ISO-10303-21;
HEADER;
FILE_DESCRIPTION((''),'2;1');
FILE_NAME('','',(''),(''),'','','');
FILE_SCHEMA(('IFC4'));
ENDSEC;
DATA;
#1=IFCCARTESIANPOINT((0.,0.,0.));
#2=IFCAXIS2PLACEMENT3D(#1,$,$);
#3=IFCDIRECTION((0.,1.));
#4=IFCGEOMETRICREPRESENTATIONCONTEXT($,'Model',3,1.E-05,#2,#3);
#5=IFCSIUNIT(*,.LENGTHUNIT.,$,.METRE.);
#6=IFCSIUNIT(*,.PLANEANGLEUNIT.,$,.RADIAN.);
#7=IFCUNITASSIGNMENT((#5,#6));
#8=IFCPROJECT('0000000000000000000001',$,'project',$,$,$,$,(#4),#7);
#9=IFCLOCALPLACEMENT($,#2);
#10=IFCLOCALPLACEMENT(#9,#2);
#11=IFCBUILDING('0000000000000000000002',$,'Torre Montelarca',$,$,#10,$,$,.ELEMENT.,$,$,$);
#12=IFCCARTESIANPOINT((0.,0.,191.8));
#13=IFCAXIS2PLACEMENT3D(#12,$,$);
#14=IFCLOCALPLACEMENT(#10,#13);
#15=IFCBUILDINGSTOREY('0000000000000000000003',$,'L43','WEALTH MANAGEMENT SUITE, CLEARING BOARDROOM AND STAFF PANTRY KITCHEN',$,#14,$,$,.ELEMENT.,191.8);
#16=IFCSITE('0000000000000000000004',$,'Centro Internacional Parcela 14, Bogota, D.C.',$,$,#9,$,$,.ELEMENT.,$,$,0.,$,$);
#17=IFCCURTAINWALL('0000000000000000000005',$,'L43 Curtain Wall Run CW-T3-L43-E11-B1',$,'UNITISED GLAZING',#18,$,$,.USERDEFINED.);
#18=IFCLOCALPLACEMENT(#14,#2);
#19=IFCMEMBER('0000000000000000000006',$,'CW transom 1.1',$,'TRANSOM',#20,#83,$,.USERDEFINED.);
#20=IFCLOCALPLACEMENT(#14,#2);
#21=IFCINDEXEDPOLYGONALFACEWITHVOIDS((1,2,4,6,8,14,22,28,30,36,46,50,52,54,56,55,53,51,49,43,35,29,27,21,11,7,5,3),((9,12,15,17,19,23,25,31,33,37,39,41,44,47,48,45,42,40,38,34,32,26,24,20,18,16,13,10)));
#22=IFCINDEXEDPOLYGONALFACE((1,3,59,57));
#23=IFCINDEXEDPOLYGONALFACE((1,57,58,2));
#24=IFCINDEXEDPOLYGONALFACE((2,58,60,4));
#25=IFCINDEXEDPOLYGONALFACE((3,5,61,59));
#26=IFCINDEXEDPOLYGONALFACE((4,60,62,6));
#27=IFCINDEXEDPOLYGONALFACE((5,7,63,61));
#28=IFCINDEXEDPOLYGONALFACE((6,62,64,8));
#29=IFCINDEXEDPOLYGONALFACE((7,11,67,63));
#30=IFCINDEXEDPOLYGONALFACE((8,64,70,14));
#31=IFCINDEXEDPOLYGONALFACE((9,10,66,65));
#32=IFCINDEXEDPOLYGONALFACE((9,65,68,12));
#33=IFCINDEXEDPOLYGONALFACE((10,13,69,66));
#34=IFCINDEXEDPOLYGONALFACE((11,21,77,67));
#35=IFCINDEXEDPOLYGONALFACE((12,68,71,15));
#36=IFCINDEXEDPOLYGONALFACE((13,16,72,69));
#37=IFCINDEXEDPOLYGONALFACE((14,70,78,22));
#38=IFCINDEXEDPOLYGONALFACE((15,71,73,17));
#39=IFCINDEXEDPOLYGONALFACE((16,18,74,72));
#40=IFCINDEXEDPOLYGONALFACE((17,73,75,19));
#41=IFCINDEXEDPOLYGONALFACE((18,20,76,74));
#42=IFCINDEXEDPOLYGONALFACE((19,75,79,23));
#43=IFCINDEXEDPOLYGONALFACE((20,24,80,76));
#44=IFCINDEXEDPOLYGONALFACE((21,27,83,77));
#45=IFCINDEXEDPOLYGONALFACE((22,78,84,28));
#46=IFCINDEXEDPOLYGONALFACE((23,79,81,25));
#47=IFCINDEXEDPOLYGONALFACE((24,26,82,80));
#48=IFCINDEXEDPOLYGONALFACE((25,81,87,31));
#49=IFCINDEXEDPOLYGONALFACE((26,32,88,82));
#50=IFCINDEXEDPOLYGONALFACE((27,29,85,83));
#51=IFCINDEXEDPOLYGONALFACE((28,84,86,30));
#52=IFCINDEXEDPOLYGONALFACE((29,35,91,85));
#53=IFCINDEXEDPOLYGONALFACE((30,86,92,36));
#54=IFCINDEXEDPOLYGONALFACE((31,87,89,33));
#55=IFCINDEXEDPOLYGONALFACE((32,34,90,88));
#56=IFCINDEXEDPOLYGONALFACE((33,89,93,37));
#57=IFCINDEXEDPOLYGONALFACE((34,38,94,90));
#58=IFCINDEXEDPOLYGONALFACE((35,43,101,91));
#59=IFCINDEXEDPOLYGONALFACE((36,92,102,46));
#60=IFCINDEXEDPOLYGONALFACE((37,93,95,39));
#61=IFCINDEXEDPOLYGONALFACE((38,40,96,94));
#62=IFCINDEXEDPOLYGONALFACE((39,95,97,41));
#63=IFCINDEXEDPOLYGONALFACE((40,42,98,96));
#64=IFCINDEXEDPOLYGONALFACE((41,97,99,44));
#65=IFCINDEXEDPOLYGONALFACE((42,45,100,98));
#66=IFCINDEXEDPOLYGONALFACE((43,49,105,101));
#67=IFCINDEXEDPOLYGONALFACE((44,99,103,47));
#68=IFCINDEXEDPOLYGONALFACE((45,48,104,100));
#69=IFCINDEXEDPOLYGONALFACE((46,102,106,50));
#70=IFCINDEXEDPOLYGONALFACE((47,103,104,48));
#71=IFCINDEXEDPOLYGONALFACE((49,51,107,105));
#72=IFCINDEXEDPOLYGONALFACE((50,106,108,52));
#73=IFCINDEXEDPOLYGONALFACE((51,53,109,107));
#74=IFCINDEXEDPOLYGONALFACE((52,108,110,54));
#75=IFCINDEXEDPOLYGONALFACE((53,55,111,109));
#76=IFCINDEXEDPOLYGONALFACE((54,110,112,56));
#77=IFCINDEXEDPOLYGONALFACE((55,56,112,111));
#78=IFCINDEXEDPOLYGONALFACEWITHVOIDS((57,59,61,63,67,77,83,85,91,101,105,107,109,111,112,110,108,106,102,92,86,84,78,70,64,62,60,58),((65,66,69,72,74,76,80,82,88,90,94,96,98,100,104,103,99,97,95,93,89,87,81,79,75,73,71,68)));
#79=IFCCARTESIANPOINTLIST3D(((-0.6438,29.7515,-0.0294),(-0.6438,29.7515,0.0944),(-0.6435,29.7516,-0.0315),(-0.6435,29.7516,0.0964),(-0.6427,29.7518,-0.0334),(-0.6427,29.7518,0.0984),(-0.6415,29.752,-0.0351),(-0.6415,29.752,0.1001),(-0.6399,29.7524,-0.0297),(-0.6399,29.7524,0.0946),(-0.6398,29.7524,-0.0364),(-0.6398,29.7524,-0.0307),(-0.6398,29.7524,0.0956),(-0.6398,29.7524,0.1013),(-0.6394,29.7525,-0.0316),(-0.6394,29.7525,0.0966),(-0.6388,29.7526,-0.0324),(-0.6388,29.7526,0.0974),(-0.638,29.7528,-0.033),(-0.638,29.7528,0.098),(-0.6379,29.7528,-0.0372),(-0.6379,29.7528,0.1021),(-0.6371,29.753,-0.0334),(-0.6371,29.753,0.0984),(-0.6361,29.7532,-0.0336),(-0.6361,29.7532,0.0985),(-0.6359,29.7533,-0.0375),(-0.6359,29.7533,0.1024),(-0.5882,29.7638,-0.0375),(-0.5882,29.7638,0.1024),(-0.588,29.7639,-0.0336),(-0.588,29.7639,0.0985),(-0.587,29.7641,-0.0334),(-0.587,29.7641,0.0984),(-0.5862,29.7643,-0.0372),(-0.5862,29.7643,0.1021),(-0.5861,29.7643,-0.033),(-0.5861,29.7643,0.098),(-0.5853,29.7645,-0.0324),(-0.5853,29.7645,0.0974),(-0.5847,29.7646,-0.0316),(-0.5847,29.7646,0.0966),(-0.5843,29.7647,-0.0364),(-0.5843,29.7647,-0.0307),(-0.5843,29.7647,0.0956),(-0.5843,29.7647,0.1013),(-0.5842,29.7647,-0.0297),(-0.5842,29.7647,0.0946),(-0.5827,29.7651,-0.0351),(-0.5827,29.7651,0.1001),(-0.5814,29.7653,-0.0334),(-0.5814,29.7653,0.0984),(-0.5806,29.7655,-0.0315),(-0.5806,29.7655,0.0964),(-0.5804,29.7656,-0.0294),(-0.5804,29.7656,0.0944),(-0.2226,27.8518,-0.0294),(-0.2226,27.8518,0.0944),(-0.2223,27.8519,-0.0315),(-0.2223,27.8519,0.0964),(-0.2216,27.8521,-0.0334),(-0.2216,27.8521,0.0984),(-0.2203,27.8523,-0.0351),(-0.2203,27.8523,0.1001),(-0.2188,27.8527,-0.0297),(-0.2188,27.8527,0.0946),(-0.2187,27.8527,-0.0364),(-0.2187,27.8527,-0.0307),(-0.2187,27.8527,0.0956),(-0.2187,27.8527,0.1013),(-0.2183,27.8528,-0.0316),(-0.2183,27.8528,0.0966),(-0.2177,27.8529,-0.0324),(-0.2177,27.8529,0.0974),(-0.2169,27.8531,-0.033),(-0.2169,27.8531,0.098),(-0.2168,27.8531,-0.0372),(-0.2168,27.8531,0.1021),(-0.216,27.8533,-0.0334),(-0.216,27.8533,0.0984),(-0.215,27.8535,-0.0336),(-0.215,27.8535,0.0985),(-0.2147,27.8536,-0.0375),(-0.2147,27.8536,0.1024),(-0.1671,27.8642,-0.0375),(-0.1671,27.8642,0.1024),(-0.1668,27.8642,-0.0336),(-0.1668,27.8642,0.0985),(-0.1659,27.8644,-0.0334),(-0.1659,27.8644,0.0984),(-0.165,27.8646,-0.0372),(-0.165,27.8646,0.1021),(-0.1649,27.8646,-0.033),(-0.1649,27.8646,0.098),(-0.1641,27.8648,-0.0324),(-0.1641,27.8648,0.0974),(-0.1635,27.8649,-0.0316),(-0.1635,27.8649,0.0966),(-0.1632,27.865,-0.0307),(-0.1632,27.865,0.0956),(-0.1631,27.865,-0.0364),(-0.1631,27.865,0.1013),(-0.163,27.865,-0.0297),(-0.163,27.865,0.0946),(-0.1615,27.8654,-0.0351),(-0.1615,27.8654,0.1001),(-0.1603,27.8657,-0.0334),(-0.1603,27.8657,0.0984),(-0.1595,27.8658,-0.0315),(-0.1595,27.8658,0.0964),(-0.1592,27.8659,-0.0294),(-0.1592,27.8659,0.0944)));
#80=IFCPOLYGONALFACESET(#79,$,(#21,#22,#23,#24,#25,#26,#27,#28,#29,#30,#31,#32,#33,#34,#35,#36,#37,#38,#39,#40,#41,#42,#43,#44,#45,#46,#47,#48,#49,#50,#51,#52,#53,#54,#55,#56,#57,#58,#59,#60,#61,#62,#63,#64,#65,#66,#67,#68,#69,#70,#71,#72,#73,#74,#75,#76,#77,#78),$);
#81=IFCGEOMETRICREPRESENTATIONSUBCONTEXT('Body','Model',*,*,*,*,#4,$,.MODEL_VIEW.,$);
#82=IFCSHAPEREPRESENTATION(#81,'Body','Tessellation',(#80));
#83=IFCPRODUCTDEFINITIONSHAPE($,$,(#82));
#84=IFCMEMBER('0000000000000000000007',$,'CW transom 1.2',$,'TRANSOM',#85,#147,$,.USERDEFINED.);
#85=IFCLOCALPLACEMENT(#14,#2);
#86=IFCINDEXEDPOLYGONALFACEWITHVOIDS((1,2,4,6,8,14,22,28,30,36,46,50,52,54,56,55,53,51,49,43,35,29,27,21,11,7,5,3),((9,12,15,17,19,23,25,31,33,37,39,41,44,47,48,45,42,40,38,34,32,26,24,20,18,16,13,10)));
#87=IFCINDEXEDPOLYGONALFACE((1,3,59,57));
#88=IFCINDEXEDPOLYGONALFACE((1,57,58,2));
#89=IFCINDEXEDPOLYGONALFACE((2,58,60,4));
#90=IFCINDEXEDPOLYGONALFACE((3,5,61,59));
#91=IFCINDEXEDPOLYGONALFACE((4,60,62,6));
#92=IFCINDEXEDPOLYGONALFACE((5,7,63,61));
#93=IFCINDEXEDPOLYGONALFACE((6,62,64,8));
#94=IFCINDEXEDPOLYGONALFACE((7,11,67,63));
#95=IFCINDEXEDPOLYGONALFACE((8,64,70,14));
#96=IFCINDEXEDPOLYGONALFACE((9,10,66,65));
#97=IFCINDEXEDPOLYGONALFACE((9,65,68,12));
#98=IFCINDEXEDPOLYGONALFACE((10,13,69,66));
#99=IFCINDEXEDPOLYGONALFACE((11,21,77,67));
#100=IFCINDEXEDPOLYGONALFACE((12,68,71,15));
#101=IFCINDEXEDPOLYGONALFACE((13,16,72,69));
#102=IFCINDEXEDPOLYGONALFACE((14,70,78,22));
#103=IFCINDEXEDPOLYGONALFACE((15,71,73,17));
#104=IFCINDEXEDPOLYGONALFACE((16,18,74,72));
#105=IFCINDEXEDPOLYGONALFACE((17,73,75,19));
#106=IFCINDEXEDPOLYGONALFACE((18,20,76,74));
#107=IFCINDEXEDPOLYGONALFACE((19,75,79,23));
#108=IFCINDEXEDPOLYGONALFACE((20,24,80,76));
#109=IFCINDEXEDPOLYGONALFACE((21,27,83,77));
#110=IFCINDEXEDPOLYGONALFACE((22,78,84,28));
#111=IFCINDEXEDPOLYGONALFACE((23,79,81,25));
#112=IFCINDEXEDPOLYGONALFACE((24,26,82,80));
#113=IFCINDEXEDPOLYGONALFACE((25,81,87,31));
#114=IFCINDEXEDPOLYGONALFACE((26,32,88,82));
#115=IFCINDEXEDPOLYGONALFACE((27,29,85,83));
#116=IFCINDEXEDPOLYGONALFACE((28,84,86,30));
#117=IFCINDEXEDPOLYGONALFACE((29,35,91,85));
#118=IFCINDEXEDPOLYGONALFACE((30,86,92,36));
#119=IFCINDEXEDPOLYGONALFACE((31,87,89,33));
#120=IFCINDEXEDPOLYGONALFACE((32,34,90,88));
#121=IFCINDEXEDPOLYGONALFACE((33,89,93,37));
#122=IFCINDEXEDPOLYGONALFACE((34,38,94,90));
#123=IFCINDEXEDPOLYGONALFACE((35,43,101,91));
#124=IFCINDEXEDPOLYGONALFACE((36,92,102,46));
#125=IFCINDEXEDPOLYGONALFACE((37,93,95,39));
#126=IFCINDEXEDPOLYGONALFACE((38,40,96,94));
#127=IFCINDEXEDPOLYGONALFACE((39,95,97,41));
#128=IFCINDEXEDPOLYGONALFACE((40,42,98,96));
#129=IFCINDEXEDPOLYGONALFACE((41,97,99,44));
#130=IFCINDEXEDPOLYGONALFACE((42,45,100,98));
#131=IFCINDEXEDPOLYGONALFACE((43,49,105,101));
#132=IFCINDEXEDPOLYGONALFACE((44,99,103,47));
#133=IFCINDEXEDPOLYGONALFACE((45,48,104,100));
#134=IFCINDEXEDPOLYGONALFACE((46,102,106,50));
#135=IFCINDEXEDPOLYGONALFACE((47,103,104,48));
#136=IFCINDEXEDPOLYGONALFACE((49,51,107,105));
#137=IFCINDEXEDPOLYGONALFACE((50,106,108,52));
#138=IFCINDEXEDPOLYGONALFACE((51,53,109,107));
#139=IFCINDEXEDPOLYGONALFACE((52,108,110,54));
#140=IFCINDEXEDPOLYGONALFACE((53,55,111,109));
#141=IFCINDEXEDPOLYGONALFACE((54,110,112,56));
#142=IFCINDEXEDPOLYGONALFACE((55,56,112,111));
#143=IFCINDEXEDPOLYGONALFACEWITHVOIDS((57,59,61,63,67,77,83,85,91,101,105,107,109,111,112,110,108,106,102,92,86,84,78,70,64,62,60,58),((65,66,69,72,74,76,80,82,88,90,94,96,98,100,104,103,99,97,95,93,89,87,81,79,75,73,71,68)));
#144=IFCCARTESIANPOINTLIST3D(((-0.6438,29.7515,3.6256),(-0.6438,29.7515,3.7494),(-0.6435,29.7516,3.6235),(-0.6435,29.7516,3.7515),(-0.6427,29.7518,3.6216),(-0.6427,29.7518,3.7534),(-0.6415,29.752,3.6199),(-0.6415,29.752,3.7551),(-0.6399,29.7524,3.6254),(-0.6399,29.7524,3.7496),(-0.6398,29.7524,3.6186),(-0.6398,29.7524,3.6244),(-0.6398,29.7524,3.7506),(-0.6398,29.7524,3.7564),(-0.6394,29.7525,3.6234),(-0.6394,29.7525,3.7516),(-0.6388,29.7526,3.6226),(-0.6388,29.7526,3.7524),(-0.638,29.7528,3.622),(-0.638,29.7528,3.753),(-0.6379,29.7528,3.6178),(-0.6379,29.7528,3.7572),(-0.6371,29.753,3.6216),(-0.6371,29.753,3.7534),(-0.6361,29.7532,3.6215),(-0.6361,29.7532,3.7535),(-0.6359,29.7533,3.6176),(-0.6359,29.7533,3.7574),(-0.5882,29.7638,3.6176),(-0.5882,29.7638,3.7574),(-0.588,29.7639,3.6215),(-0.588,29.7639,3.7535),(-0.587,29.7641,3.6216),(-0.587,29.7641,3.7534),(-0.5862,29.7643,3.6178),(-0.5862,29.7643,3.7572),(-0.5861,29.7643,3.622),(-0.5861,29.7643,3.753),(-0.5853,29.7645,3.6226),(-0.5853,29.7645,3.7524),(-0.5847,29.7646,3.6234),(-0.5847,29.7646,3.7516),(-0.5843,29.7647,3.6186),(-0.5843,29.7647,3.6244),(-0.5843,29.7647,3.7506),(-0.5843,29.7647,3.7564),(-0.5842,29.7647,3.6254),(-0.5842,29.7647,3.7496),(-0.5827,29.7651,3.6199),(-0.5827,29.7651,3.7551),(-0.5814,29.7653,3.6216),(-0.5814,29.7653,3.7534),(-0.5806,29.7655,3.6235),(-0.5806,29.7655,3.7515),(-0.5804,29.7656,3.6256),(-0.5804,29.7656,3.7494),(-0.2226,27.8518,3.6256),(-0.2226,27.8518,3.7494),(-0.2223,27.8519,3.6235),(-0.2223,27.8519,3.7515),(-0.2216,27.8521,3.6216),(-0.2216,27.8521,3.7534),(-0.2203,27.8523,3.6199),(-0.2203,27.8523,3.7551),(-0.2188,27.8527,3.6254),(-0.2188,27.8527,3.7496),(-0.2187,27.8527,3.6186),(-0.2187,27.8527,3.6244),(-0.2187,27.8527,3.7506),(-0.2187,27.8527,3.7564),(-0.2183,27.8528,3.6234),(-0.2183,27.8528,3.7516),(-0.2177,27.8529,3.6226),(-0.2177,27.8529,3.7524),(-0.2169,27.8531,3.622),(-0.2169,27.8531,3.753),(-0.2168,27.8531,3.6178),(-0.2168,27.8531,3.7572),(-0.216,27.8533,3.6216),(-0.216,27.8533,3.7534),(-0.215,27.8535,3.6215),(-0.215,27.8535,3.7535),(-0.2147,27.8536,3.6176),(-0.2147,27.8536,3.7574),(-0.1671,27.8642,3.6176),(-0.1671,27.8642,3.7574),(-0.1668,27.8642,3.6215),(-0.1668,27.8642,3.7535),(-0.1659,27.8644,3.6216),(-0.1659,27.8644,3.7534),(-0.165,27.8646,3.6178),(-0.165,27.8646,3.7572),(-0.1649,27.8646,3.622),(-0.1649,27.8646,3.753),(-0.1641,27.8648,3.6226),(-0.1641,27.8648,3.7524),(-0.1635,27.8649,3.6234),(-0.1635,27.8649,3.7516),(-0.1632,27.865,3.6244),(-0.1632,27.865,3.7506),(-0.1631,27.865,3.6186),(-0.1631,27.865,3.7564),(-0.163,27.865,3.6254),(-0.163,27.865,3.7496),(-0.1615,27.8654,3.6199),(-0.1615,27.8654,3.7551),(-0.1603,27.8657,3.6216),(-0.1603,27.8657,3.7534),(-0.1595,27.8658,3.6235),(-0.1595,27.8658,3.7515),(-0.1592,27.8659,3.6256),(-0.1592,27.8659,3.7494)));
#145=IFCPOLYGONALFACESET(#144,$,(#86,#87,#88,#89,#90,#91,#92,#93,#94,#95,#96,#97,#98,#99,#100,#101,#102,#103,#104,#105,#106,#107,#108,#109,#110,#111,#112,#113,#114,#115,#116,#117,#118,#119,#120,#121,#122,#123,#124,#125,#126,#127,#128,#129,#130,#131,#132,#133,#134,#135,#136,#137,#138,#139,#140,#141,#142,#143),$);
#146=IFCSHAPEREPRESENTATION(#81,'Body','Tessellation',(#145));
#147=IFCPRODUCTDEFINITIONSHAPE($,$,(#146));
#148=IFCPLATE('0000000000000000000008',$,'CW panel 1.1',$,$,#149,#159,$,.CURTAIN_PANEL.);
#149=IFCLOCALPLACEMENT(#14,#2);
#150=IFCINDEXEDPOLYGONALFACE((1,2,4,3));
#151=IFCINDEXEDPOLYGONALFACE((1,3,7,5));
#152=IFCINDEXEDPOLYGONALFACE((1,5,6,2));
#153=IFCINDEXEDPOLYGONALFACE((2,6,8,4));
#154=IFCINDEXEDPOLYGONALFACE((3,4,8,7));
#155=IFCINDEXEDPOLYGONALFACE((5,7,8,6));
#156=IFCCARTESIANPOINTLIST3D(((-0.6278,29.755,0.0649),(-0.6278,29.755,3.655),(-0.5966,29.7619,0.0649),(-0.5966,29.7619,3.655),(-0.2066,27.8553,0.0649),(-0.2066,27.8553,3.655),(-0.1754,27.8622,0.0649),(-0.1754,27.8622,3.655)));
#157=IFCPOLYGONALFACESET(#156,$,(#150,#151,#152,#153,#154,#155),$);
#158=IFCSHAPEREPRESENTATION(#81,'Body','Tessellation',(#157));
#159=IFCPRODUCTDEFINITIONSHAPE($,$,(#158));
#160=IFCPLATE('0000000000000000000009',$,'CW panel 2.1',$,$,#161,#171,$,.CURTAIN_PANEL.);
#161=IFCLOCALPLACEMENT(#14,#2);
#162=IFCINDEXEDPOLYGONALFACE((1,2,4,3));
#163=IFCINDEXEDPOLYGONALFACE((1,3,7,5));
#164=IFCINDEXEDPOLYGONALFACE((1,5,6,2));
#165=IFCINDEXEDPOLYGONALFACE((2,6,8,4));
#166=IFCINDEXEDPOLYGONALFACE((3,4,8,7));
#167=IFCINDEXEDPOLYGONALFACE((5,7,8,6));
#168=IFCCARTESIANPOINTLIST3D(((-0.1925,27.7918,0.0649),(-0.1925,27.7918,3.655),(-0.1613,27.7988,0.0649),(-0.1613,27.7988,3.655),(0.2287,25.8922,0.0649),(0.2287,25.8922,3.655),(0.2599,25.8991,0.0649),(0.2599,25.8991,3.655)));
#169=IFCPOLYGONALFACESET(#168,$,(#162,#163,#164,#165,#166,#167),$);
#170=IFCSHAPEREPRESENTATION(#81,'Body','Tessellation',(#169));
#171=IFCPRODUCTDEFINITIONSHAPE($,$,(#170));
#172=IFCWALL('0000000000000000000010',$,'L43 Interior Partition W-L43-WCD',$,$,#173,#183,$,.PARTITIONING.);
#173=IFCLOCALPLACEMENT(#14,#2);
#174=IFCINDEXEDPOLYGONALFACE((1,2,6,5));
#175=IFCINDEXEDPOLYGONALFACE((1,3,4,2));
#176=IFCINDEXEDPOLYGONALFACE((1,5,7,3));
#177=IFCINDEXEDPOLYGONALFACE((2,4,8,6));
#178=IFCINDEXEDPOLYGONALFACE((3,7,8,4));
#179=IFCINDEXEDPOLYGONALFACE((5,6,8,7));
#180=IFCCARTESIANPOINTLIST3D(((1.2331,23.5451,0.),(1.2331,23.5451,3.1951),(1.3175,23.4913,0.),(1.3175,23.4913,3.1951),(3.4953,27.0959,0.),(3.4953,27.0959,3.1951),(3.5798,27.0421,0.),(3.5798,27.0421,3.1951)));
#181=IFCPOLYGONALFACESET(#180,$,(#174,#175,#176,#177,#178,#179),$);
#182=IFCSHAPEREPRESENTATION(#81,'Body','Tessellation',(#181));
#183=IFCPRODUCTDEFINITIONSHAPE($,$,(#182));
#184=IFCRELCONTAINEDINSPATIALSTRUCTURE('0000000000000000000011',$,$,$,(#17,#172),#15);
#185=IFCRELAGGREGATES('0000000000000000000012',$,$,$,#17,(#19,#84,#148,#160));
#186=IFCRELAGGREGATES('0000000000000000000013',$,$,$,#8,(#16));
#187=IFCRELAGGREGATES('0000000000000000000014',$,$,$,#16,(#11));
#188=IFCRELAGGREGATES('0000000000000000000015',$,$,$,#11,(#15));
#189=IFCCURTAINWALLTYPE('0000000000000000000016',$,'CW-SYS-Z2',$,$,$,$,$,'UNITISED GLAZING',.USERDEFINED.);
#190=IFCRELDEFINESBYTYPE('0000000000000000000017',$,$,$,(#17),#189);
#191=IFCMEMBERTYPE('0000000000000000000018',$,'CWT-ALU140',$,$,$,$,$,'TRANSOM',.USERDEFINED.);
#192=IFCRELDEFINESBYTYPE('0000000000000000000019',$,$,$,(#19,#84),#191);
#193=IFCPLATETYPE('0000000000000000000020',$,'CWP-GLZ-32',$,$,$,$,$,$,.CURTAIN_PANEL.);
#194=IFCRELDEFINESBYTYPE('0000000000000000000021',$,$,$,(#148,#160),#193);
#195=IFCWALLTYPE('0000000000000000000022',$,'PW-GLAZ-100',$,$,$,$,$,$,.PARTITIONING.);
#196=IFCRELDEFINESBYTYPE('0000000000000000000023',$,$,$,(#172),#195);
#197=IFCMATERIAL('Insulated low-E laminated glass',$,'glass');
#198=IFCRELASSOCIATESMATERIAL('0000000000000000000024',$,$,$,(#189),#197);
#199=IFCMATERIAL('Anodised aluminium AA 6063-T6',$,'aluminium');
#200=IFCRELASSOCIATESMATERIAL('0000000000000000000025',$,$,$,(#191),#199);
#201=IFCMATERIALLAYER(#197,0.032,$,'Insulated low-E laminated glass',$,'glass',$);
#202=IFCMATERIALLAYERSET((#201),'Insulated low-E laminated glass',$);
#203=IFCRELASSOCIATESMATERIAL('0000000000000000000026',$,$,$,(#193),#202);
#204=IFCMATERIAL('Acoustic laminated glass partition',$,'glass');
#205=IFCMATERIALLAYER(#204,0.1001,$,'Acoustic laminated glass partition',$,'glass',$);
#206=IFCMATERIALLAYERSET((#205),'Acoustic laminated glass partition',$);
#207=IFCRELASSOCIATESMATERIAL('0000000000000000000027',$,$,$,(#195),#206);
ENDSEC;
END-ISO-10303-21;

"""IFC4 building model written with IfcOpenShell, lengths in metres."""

from ifc_helpers import new_model, si_unit, direction, frame, frame_2d, origin, origin_2d, place, context, subcontext, project, spatial, rectangle, hollow_rectangle, extrude, source, transform, mapped, material, layer, layer_set, material_profile, profile_set, type_object, element, aggregate, save


model = new_model("IFC4")

# Units and contexts
model_context = context("Model", 3, precision=1e-05, world=origin(), true_north=direction((0.0, 1.0)))
body_context = subcontext(model_context, "Body", "Model", "MODEL_VIEW")
ifc_project = project(units=[si_unit("LENGTHUNIT", "METRE"), si_unit("PLANEANGLEUNIT", "RADIAN")], contexts=[model_context])

# Site, building, storey
site_placement = place(None, origin())
site = spatial("IfcSite", under=ifc_project, at=site_placement, Name="Centro Internacional Parcela 14, Bogota, D.C.", CompositionType="ELEMENT", RefElevation=0.0)
building_placement = place(site_placement, origin())
building = spatial("IfcBuilding", under=site, at=building_placement, Name="Torre Montelarca", CompositionType="ELEMENT")
storey_placement = place(building_placement, frame((0.0, 0.0, 191.8)))
storey = spatial("IfcBuildingStorey", under=building, at=storey_placement, Name="L43", Description="WEALTH MANAGEMENT SUITE, CLEARING BOARDROOM AND STAFF PANTRY KITCHEN", CompositionType="ELEMENT", Elevation=191.8)

# Curtain wall
ifc_material_1 = material(Name="Insulated low-E laminated glass", Category="glass")
curtain_wall_type = type_object("IfcCurtainWallType", Name="CW-SYS-Z2", ElementType="UNITISED GLAZING", PredefinedType="USERDEFINED", material=ifc_material_1)
curtain_wall_1_placement = place(storey_placement, origin())
curtain_wall_1 = element("IfcCurtainWall", 1, at=curtain_wall_1_placement, inside=storey, type_object=curtain_wall_type, Name="L43 Curtain Wall Run CW-T3-L43-E11-B1", ObjectType="UNITISED GLAZING", PredefinedType="USERDEFINED")
ifc_material_2 = material(Name="Anodised aluminium AA 6063-T6", Category="aluminium")

# Members
ifc_material_profile_1 = material_profile(ifc_material_2, hollow_rectangle(XDim=0.0649, YDim=0.1399, WallThickness=0.0039, InnerFilletRadius=0.0039, OuterFilletRadius=0.0081, at=origin_2d()), Name="ALU65X140X4", Category="aluminium")
ifc_profile_set_1 = profile_set([ifc_material_profile_1], Name="Anodised aluminium AA 6063-T6")
member_type_1 = type_object("IfcMemberType", Name="CWT-ALU140", ElementType="TRANSOM", PredefinedType="USERDEFINED", material=ifc_profile_set_1)
shared_shape_1 = source(origin(), body_context, "Body", "SweptSolid", [
    extrude(hollow_rectangle(XDim=0.0649, YDim=0.1399, WallThickness=0.0039, InnerFilletRadius=0.0039, OuterFilletRadius=0.0081, at=origin_2d()), origin(), (0.0, 0.0, 1.0), 1.9458),
])
member_1_placement = place(storey_placement, frame((-0.6121, 29.7585, 0.0325), z_axis=(0.216439, -0.976296, 0.0), x_axis=(0.976296, 0.216439, 0.0)))
member_1 = element("IfcMember", 2, at=member_1_placement, type_object=member_type_1, Name="CW transom 1.1", ObjectType="TRANSOM", PredefinedType="USERDEFINED", context=body_context, shape_type="MappedRepresentation", body=[
    mapped(shared_shape_1, transform((0.0, 0.0, 0.0), scale=1.0)),
])
member_2_placement = place(storey_placement, frame((-0.6121, 29.7585, 3.6875), z_axis=(0.216439, -0.976296, 0.0), x_axis=(0.976296, 0.216439, 0.0)))
member_2 = element("IfcMember", 3, at=member_2_placement, type_object=member_type_1, Name="CW transom 1.2", ObjectType="TRANSOM", PredefinedType="USERDEFINED", context=body_context, shape_type="MappedRepresentation", body=[
    mapped(shared_shape_1, transform((0.0, 0.0, 0.0), scale=1.0)),
])

# Plates
ifc_layer_1 = layer(ifc_material_1, 0.032, Name="Insulated low-E laminated glass", Category="glass")
ifc_layer_set_1 = layer_set([ifc_layer_1], Name="Insulated low-E laminated glass")
plate_type = type_object("IfcPlateType", Name="CWP-GLZ-32", PredefinedType="CURTAIN_PANEL", material=ifc_layer_set_1)
shared_shape_2 = source(origin(), body_context, "Body", "SweptSolid", [
    extrude(rectangle(XDim=1.9458, YDim=0.032, at=origin_2d()), origin(), (0.0, 0.0, 1.0), 3.5901),
])
plate_1_placement = place(storey_placement, frame((-0.4016, 28.8086, 0.0649), z_axis=(0.0, 0.0, 1.0), x_axis=(0.216454, -0.976293, 0.0)))
plate_1 = element("IfcPlate", 4, at=plate_1_placement, type_object=plate_type, Name="CW panel 1.1", PredefinedType="CURTAIN_PANEL", context=body_context, shape_type="MappedRepresentation", body=[
    mapped(shared_shape_2, transform((0.0, 0.0, 0.0), scale=1.0)),
])
plate_2_placement = place(storey_placement, frame((0.0337, 26.8455, 0.0649), z_axis=(0.0, 0.0, 1.0), x_axis=(0.216454, -0.976293, 0.0)))
plate_2 = element("IfcPlate", 5, at=plate_2_placement, type_object=plate_type, Name="CW panel 2.1", PredefinedType="CURTAIN_PANEL", context=body_context, shape_type="MappedRepresentation", body=[
    mapped(shared_shape_2, transform((0.0, 0.0, 0.0), scale=1.0)),
])
aggregate(curtain_wall_1, [member_1, member_2, plate_1, plate_2])

# Wall
ifc_material_3 = material(Name="Acoustic laminated glass partition", Category="glass")
ifc_layer_2 = layer(ifc_material_3, 0.1001, Name="Acoustic laminated glass partition", Category="glass")
ifc_layer_set_2 = layer_set([ifc_layer_2], Name="Acoustic laminated glass partition")
wall_type_1 = type_object("IfcWallType", Name="PW-GLAZ-100", PredefinedType="PARTITIONING", material=ifc_layer_set_2)
wall_1_placement = place(storey_placement, frame((1.2754, 23.5183, 0.0), z_axis=(0.0, 0.0, 1.0), x_axis=(0.537318, 0.84338, 0.0)))
element("IfcWall", 6, at=wall_1_placement, inside=storey, type_object=wall_type_1, Name="L43 Interior Partition W-L43-WCD", PredefinedType="PARTITIONING", context=body_context, shape_type="SweptSolid", body=[
    extrude(rectangle(XDim=4.2102, YDim=0.1001, at=frame_2d((2.105, 0.0))), origin(), (0.0, 0.0, 1.0), 3.1951),
])

save(model, "model.ifc")
